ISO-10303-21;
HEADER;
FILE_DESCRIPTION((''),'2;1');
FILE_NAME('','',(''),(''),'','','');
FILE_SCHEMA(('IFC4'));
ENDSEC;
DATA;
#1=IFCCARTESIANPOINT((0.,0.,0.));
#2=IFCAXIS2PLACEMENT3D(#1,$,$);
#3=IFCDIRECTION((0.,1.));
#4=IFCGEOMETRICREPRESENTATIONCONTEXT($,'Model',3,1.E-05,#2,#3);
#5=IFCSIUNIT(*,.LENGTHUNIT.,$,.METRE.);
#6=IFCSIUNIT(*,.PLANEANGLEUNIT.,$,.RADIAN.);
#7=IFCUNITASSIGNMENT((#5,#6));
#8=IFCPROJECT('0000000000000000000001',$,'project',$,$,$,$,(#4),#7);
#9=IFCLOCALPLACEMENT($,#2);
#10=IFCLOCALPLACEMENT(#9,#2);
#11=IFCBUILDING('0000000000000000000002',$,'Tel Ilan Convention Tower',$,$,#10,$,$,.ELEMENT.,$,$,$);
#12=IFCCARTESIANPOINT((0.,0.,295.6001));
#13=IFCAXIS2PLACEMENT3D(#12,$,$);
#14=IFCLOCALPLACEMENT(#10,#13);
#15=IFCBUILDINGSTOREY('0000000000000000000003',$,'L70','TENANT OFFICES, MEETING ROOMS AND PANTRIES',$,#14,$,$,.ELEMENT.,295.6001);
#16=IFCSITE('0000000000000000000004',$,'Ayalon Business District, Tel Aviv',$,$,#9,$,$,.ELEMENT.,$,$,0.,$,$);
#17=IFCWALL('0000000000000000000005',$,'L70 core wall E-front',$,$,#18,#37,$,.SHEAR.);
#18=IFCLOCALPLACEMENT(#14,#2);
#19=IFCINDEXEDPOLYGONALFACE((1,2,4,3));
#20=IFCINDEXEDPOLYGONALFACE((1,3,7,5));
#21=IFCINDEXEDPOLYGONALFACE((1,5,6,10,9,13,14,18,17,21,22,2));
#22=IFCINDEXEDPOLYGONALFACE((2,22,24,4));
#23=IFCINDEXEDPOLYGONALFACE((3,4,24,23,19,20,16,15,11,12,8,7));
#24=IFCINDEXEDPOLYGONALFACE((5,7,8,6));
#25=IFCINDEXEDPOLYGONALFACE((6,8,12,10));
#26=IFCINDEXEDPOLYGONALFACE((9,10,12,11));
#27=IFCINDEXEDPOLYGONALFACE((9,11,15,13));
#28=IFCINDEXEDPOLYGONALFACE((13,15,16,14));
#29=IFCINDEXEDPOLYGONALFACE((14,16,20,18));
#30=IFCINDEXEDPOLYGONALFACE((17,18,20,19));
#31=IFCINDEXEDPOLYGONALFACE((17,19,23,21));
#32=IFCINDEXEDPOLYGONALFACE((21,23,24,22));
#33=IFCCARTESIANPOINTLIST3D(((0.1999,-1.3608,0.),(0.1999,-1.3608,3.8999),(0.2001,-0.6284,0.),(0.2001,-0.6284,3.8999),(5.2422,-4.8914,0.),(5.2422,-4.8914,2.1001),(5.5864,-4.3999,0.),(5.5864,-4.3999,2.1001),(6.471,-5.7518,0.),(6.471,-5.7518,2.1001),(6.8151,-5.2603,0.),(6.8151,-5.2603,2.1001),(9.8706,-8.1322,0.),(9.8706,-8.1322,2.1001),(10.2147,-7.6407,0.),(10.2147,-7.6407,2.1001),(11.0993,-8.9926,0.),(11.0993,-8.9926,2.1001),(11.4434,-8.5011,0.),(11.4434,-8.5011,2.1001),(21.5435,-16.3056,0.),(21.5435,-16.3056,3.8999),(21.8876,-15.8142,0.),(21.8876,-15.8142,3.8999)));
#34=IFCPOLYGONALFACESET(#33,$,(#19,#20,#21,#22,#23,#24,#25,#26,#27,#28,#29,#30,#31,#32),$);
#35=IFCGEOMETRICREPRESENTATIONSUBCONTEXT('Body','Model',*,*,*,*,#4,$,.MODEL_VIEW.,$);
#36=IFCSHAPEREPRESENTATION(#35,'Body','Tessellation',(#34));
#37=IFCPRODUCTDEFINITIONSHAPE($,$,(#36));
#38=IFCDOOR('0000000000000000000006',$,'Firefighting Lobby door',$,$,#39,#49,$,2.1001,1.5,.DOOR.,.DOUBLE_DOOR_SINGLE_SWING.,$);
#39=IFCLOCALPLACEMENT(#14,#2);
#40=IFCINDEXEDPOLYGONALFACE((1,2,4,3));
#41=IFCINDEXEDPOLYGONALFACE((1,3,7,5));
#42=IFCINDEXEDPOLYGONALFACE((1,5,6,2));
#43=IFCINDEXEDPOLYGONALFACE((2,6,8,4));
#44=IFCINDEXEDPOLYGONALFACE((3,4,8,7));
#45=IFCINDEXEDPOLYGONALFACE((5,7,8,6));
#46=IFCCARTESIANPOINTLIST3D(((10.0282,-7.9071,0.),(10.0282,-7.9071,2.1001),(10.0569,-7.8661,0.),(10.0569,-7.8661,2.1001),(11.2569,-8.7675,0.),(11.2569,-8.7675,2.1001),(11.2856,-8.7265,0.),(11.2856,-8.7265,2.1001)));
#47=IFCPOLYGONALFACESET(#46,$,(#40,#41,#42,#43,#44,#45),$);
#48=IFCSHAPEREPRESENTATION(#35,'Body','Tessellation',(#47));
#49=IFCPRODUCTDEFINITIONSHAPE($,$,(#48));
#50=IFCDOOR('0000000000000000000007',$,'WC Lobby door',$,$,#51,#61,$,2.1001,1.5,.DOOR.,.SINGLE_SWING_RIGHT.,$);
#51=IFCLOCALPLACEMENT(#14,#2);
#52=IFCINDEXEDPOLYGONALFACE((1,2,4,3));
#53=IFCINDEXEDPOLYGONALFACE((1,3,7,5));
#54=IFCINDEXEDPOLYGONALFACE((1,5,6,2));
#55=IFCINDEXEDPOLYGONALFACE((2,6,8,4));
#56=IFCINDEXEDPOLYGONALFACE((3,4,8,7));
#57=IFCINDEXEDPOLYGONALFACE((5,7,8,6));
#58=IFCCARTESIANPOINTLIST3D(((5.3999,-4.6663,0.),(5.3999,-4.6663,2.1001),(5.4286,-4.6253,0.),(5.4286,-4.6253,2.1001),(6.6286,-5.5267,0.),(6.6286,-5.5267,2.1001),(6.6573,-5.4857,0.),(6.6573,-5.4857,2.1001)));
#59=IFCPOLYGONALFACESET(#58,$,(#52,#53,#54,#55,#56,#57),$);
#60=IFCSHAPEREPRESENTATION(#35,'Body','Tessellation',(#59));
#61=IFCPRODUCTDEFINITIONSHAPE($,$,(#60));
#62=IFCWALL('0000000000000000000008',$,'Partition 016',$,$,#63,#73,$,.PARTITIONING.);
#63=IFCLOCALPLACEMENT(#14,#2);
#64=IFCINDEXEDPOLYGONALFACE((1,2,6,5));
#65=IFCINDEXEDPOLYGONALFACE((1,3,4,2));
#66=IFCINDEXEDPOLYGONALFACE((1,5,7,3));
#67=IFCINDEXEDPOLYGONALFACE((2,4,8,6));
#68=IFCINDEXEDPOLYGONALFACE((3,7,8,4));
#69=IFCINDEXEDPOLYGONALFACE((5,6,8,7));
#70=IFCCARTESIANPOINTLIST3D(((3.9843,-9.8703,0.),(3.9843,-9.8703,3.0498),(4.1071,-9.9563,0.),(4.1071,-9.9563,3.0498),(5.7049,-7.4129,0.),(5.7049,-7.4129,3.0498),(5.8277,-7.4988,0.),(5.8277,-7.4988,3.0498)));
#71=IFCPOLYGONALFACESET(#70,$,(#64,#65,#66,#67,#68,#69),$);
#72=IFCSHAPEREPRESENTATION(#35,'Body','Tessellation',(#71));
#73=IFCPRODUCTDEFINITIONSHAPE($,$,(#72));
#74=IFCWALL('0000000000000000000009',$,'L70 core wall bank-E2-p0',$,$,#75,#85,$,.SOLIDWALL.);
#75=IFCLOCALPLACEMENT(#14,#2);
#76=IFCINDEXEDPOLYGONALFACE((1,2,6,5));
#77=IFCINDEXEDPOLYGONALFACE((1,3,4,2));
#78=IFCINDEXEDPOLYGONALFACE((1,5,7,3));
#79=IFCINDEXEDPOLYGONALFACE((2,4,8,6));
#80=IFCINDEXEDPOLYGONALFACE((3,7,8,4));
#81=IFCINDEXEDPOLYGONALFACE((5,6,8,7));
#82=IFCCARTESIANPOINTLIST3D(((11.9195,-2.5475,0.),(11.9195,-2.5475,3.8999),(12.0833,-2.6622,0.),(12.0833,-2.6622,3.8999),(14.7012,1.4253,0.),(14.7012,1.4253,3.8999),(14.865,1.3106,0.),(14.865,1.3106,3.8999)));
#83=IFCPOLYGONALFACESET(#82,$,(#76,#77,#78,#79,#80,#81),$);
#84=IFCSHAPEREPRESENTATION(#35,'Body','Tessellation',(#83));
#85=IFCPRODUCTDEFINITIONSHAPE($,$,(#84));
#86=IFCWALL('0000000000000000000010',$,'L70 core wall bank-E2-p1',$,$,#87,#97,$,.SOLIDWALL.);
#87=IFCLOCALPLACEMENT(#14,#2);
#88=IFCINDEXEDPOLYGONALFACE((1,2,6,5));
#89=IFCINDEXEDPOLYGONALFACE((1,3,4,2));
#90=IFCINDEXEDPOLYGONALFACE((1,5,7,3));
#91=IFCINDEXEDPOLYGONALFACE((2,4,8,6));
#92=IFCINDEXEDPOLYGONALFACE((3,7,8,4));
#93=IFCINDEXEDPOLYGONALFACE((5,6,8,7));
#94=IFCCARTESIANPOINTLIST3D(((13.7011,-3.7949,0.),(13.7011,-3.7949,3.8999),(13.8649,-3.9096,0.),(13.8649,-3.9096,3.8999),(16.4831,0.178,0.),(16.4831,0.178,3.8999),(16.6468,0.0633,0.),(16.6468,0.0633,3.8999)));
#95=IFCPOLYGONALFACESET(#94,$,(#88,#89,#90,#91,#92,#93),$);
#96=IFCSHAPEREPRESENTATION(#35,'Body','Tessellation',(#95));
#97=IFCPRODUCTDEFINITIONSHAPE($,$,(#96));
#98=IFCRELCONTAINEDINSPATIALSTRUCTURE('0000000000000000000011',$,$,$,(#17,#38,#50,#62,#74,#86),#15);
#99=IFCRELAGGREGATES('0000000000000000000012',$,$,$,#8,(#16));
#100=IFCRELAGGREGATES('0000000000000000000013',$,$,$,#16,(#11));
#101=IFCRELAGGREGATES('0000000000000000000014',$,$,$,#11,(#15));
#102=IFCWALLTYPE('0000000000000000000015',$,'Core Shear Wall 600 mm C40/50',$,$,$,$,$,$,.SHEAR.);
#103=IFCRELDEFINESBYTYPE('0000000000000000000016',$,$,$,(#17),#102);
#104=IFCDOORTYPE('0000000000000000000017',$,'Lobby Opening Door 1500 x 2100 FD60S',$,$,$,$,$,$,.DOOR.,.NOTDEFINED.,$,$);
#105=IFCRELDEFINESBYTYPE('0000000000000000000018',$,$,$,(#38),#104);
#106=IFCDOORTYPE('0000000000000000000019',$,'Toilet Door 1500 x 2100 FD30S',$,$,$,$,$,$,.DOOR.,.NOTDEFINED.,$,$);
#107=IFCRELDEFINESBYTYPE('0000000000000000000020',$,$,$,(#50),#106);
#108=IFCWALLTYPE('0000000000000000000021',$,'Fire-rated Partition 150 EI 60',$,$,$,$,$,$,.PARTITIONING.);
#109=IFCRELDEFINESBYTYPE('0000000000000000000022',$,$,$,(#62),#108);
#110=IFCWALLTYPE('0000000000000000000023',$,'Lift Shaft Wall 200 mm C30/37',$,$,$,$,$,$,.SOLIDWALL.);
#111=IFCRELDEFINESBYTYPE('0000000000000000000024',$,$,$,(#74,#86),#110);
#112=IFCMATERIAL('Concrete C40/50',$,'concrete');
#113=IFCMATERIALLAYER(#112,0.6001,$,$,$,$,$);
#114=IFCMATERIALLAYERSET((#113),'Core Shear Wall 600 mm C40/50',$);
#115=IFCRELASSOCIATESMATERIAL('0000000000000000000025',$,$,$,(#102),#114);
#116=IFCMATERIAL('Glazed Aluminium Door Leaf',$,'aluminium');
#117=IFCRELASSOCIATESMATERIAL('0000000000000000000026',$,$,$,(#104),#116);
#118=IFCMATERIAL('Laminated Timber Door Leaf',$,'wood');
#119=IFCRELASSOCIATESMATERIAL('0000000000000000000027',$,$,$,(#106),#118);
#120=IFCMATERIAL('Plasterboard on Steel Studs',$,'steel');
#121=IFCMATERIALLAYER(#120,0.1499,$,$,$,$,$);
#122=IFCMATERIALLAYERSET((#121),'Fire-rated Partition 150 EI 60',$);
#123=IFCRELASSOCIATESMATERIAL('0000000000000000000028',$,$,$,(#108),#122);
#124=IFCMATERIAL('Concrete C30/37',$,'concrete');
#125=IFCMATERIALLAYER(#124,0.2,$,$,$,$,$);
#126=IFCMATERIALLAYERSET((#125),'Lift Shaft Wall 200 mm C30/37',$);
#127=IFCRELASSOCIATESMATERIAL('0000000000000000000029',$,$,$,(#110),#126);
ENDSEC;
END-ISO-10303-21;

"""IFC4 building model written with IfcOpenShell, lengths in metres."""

from ifc_helpers import new_model, si_unit, direction, frame, frame_2d, origin, place, context, subcontext, project, spatial, polyline, rectangle, outline, extrude, material, layer, layer_set, type_object, element, fill, save


model = new_model("IFC4")

# Units and contexts
model_context = context("Model", 3, precision=1e-05, world=origin(), true_north=direction((0.0, 1.0)))
body_context = subcontext(model_context, "Body", "Model", "MODEL_VIEW")
ifc_project = project(units=[si_unit("LENGTHUNIT", "METRE"), si_unit("PLANEANGLEUNIT", "RADIAN")], contexts=[model_context])

# Site, building, storey
site_placement = place(None, origin())
site = spatial("IfcSite", under=ifc_project, at=site_placement, Name="Ayalon Business District, Tel Aviv", CompositionType="ELEMENT", RefElevation=0.0)
building_placement = place(site_placement, origin())
building = spatial("IfcBuilding", under=site, at=building_placement, Name="Tel Ilan Convention Tower", CompositionType="ELEMENT")
storey_placement = place(building_placement, frame((0.0, 0.0, 295.6001)))
storey = spatial("IfcBuildingStorey", under=building, at=storey_placement, Name="L70", Description="TENANT OFFICES, MEETING ROOMS AND PANTRIES", CompositionType="ELEMENT", Elevation=295.6001)

# Wall, openings, doors
ifc_material_1 = material(Name="Concrete C40/50", Category="concrete")
ifc_layer_1 = layer(ifc_material_1, 0.6001)
ifc_layer_set_1 = layer_set([ifc_layer_1], Name="Core Shear Wall 600 mm C40/50")
wall_type_1 = type_object("IfcWallType", Name="Core Shear Wall 600 mm C40/50", PredefinedType="SHEAR", material=ifc_layer_set_1)
wall_1_placement = place(storey_placement, frame((0.0278, -0.874, 0.0), z_axis=(0.0, 0.0, 1.0), x_axis=(0.81915, -0.573579, 0.0)))
wall_1 = element("IfcWall", 1, at=wall_1_placement, inside=storey, type_object=wall_type_1, Name="L70 core wall E-front", PredefinedType="SHEAR", context=body_context, shape_type="SweptSolid", body=[
    extrude(outline(polyline([(26.4758, 0.3), (0.0002, 0.3), (0.4202, -0.3), (26.4758, -0.2998), (26.4758, 0.3)])), origin(), (0.0, 0.0, 1.0), 3.8999),
])
opening_1_placement = place(wall_1_placement, frame((6.5757, 0.0, 0.0)))
opening_1 = element("IfcOpeningElement", 2, at=opening_1_placement, cuts=wall_1, PredefinedType="OPENING", context=body_context, shape_type="SweptSolid", body=[
    extrude(rectangle(XDim=1.5, YDim=2.1001, at=frame_2d((0.75, 1.05))), frame((0.0, 0.3101, 0.0), z_axis=(0.0, -1.0, 0.0), x_axis=(1.0, 0.0, 0.0)), (0.0, 0.0, 1.0), 0.6201),
])
opening_2_placement = place(wall_1_placement, frame((12.2258, 0.0, 0.0)))
opening_2 = element("IfcOpeningElement", 3, at=opening_2_placement, cuts=wall_1, PredefinedType="OPENING", context=body_context, shape_type="SweptSolid", body=[
    extrude(rectangle(XDim=1.5, YDim=2.1001, at=frame_2d((0.75, 1.05))), frame((0.0, 0.3101, 0.0), z_axis=(0.0, -1.0, 0.0), x_axis=(1.0, 0.0, 0.0)), (0.0, 0.0, 1.0), 0.6201),
])
ifc_material_2 = material(Name="Glazed Aluminium Door Leaf", Category="aluminium")
door_type_1 = type_object("IfcDoorType", Name="Lobby Opening Door 1500 x 2100 FD60S", OperationType="NOTDEFINED", PredefinedType="DOOR", material=ifc_material_2)
door_1_placement = place(opening_2_placement, origin())
door_1 = element("IfcDoor", 4, at=door_1_placement, inside=storey, type_object=door_type_1, Name="Firefighting Lobby door", OperationType="DOUBLE_DOOR_SINGLE_SWING", OverallHeight=2.1001, OverallWidth=1.5, PredefinedType="DOOR", context=body_context, shape_type="SweptSolid", body=[
    extrude(rectangle(XDim=1.5, YDim=2.1001, at=frame_2d((0.75, 1.05))), frame((0.0, 0.0249, 0.0), z_axis=(0.0, -1.0, 0.0), x_axis=(1.0, 0.0, 0.0)), (0.0, 0.0, 1.0), 0.05),
])
fill(opening_2, door_1)
ifc_material_3 = material(Name="Laminated Timber Door Leaf", Category="wood")
door_type_2 = type_object("IfcDoorType", Name="Toilet Door 1500 x 2100 FD30S", OperationType="NOTDEFINED", PredefinedType="DOOR", material=ifc_material_3)
door_2_placement = place(opening_1_placement, origin())
door_2 = element("IfcDoor", 5, at=door_2_placement, inside=storey, type_object=door_type_2, Name="WC Lobby door", OperationType="SINGLE_SWING_RIGHT", OverallHeight=2.1001, OverallWidth=1.5, PredefinedType="DOOR", context=body_context, shape_type="SweptSolid", body=[
    extrude(rectangle(XDim=1.5, YDim=2.1001, at=frame_2d((0.75, 1.05))), frame((0.0, 0.0249, 0.0), z_axis=(0.0, -1.0, 0.0), x_axis=(1.0, 0.0, 0.0)), (0.0, 0.0, 1.0), 0.05),
])
fill(opening_1, door_2)

# Walls
ifc_material_4 = material(Name="Plasterboard on Steel Studs", Category="steel")
ifc_layer_2 = layer(ifc_material_4, 0.1499)
ifc_layer_set_2 = layer_set([ifc_layer_2], Name="Fire-rated Partition 150 EI 60")
wall_type_2 = type_object("IfcWallType", Name="Fire-rated Partition 150 EI 60", PredefinedType="PARTITIONING", material=ifc_layer_set_2)
wall_2_placement = place(storey_placement, frame((4.0457, -9.9133, 0.0), z_axis=(0.0, 0.0, 1.0), x_axis=(0.573561, 0.819163, 0.0)))
element("IfcWall", 6, at=wall_2_placement, inside=storey, type_object=wall_type_2, Name="Partition 016", PredefinedType="PARTITIONING", context=body_context, shape_type="SweptSolid", body=[
    extrude(rectangle(XDim=3.0, YDim=0.1499, at=frame_2d((1.5, 0.0))), origin(), (0.0, 0.0, 1.0), 3.0498),
])
ifc_material_5 = material(Name="Concrete C30/37", Category="concrete")
ifc_layer_3 = layer(ifc_material_5, 0.2)
ifc_layer_set_3 = layer_set([ifc_layer_3], Name="Lift Shaft Wall 200 mm C30/37")
wall_type_3 = type_object("IfcWallType", Name="Lift Shaft Wall 200 mm C30/37", PredefinedType="SOLIDWALL", material=ifc_layer_set_3)
wall_3_placement = place(storey_placement, frame((12.0015, -2.6047, 0.0), z_axis=(0.0, 0.0, 1.0), x_axis=(0.57356, 0.819163, 0.0)))
element("IfcWall", 7, at=wall_3_placement, inside=storey, type_object=wall_type_3, Name="L70 core wall bank-E2-p0", PredefinedType="SOLIDWALL", context=body_context, shape_type="SweptSolid", body=[
    extrude(rectangle(XDim=4.8499, YDim=0.2, at=frame_2d((2.4248, 0.0))), origin(), (0.0, 0.0, 1.0), 3.8999),
])
wall_4_placement = place(storey_placement, frame((13.783, -3.8523, 0.0), z_axis=(0.0, 0.0, 1.0), x_axis=(0.573594, 0.81914, 0.0)))
element("IfcWall", 8, at=wall_4_placement, inside=storey, type_object=wall_type_3, Name="L70 core wall bank-E2-p1", PredefinedType="SOLIDWALL", context=body_context, shape_type="SweptSolid", body=[
    extrude(rectangle(XDim=4.8501, YDim=0.2, at=frame_2d((2.425, 0.0))), origin(), (0.0, 0.0, 1.0), 3.8999),
])

save(model, "model.ifc")
